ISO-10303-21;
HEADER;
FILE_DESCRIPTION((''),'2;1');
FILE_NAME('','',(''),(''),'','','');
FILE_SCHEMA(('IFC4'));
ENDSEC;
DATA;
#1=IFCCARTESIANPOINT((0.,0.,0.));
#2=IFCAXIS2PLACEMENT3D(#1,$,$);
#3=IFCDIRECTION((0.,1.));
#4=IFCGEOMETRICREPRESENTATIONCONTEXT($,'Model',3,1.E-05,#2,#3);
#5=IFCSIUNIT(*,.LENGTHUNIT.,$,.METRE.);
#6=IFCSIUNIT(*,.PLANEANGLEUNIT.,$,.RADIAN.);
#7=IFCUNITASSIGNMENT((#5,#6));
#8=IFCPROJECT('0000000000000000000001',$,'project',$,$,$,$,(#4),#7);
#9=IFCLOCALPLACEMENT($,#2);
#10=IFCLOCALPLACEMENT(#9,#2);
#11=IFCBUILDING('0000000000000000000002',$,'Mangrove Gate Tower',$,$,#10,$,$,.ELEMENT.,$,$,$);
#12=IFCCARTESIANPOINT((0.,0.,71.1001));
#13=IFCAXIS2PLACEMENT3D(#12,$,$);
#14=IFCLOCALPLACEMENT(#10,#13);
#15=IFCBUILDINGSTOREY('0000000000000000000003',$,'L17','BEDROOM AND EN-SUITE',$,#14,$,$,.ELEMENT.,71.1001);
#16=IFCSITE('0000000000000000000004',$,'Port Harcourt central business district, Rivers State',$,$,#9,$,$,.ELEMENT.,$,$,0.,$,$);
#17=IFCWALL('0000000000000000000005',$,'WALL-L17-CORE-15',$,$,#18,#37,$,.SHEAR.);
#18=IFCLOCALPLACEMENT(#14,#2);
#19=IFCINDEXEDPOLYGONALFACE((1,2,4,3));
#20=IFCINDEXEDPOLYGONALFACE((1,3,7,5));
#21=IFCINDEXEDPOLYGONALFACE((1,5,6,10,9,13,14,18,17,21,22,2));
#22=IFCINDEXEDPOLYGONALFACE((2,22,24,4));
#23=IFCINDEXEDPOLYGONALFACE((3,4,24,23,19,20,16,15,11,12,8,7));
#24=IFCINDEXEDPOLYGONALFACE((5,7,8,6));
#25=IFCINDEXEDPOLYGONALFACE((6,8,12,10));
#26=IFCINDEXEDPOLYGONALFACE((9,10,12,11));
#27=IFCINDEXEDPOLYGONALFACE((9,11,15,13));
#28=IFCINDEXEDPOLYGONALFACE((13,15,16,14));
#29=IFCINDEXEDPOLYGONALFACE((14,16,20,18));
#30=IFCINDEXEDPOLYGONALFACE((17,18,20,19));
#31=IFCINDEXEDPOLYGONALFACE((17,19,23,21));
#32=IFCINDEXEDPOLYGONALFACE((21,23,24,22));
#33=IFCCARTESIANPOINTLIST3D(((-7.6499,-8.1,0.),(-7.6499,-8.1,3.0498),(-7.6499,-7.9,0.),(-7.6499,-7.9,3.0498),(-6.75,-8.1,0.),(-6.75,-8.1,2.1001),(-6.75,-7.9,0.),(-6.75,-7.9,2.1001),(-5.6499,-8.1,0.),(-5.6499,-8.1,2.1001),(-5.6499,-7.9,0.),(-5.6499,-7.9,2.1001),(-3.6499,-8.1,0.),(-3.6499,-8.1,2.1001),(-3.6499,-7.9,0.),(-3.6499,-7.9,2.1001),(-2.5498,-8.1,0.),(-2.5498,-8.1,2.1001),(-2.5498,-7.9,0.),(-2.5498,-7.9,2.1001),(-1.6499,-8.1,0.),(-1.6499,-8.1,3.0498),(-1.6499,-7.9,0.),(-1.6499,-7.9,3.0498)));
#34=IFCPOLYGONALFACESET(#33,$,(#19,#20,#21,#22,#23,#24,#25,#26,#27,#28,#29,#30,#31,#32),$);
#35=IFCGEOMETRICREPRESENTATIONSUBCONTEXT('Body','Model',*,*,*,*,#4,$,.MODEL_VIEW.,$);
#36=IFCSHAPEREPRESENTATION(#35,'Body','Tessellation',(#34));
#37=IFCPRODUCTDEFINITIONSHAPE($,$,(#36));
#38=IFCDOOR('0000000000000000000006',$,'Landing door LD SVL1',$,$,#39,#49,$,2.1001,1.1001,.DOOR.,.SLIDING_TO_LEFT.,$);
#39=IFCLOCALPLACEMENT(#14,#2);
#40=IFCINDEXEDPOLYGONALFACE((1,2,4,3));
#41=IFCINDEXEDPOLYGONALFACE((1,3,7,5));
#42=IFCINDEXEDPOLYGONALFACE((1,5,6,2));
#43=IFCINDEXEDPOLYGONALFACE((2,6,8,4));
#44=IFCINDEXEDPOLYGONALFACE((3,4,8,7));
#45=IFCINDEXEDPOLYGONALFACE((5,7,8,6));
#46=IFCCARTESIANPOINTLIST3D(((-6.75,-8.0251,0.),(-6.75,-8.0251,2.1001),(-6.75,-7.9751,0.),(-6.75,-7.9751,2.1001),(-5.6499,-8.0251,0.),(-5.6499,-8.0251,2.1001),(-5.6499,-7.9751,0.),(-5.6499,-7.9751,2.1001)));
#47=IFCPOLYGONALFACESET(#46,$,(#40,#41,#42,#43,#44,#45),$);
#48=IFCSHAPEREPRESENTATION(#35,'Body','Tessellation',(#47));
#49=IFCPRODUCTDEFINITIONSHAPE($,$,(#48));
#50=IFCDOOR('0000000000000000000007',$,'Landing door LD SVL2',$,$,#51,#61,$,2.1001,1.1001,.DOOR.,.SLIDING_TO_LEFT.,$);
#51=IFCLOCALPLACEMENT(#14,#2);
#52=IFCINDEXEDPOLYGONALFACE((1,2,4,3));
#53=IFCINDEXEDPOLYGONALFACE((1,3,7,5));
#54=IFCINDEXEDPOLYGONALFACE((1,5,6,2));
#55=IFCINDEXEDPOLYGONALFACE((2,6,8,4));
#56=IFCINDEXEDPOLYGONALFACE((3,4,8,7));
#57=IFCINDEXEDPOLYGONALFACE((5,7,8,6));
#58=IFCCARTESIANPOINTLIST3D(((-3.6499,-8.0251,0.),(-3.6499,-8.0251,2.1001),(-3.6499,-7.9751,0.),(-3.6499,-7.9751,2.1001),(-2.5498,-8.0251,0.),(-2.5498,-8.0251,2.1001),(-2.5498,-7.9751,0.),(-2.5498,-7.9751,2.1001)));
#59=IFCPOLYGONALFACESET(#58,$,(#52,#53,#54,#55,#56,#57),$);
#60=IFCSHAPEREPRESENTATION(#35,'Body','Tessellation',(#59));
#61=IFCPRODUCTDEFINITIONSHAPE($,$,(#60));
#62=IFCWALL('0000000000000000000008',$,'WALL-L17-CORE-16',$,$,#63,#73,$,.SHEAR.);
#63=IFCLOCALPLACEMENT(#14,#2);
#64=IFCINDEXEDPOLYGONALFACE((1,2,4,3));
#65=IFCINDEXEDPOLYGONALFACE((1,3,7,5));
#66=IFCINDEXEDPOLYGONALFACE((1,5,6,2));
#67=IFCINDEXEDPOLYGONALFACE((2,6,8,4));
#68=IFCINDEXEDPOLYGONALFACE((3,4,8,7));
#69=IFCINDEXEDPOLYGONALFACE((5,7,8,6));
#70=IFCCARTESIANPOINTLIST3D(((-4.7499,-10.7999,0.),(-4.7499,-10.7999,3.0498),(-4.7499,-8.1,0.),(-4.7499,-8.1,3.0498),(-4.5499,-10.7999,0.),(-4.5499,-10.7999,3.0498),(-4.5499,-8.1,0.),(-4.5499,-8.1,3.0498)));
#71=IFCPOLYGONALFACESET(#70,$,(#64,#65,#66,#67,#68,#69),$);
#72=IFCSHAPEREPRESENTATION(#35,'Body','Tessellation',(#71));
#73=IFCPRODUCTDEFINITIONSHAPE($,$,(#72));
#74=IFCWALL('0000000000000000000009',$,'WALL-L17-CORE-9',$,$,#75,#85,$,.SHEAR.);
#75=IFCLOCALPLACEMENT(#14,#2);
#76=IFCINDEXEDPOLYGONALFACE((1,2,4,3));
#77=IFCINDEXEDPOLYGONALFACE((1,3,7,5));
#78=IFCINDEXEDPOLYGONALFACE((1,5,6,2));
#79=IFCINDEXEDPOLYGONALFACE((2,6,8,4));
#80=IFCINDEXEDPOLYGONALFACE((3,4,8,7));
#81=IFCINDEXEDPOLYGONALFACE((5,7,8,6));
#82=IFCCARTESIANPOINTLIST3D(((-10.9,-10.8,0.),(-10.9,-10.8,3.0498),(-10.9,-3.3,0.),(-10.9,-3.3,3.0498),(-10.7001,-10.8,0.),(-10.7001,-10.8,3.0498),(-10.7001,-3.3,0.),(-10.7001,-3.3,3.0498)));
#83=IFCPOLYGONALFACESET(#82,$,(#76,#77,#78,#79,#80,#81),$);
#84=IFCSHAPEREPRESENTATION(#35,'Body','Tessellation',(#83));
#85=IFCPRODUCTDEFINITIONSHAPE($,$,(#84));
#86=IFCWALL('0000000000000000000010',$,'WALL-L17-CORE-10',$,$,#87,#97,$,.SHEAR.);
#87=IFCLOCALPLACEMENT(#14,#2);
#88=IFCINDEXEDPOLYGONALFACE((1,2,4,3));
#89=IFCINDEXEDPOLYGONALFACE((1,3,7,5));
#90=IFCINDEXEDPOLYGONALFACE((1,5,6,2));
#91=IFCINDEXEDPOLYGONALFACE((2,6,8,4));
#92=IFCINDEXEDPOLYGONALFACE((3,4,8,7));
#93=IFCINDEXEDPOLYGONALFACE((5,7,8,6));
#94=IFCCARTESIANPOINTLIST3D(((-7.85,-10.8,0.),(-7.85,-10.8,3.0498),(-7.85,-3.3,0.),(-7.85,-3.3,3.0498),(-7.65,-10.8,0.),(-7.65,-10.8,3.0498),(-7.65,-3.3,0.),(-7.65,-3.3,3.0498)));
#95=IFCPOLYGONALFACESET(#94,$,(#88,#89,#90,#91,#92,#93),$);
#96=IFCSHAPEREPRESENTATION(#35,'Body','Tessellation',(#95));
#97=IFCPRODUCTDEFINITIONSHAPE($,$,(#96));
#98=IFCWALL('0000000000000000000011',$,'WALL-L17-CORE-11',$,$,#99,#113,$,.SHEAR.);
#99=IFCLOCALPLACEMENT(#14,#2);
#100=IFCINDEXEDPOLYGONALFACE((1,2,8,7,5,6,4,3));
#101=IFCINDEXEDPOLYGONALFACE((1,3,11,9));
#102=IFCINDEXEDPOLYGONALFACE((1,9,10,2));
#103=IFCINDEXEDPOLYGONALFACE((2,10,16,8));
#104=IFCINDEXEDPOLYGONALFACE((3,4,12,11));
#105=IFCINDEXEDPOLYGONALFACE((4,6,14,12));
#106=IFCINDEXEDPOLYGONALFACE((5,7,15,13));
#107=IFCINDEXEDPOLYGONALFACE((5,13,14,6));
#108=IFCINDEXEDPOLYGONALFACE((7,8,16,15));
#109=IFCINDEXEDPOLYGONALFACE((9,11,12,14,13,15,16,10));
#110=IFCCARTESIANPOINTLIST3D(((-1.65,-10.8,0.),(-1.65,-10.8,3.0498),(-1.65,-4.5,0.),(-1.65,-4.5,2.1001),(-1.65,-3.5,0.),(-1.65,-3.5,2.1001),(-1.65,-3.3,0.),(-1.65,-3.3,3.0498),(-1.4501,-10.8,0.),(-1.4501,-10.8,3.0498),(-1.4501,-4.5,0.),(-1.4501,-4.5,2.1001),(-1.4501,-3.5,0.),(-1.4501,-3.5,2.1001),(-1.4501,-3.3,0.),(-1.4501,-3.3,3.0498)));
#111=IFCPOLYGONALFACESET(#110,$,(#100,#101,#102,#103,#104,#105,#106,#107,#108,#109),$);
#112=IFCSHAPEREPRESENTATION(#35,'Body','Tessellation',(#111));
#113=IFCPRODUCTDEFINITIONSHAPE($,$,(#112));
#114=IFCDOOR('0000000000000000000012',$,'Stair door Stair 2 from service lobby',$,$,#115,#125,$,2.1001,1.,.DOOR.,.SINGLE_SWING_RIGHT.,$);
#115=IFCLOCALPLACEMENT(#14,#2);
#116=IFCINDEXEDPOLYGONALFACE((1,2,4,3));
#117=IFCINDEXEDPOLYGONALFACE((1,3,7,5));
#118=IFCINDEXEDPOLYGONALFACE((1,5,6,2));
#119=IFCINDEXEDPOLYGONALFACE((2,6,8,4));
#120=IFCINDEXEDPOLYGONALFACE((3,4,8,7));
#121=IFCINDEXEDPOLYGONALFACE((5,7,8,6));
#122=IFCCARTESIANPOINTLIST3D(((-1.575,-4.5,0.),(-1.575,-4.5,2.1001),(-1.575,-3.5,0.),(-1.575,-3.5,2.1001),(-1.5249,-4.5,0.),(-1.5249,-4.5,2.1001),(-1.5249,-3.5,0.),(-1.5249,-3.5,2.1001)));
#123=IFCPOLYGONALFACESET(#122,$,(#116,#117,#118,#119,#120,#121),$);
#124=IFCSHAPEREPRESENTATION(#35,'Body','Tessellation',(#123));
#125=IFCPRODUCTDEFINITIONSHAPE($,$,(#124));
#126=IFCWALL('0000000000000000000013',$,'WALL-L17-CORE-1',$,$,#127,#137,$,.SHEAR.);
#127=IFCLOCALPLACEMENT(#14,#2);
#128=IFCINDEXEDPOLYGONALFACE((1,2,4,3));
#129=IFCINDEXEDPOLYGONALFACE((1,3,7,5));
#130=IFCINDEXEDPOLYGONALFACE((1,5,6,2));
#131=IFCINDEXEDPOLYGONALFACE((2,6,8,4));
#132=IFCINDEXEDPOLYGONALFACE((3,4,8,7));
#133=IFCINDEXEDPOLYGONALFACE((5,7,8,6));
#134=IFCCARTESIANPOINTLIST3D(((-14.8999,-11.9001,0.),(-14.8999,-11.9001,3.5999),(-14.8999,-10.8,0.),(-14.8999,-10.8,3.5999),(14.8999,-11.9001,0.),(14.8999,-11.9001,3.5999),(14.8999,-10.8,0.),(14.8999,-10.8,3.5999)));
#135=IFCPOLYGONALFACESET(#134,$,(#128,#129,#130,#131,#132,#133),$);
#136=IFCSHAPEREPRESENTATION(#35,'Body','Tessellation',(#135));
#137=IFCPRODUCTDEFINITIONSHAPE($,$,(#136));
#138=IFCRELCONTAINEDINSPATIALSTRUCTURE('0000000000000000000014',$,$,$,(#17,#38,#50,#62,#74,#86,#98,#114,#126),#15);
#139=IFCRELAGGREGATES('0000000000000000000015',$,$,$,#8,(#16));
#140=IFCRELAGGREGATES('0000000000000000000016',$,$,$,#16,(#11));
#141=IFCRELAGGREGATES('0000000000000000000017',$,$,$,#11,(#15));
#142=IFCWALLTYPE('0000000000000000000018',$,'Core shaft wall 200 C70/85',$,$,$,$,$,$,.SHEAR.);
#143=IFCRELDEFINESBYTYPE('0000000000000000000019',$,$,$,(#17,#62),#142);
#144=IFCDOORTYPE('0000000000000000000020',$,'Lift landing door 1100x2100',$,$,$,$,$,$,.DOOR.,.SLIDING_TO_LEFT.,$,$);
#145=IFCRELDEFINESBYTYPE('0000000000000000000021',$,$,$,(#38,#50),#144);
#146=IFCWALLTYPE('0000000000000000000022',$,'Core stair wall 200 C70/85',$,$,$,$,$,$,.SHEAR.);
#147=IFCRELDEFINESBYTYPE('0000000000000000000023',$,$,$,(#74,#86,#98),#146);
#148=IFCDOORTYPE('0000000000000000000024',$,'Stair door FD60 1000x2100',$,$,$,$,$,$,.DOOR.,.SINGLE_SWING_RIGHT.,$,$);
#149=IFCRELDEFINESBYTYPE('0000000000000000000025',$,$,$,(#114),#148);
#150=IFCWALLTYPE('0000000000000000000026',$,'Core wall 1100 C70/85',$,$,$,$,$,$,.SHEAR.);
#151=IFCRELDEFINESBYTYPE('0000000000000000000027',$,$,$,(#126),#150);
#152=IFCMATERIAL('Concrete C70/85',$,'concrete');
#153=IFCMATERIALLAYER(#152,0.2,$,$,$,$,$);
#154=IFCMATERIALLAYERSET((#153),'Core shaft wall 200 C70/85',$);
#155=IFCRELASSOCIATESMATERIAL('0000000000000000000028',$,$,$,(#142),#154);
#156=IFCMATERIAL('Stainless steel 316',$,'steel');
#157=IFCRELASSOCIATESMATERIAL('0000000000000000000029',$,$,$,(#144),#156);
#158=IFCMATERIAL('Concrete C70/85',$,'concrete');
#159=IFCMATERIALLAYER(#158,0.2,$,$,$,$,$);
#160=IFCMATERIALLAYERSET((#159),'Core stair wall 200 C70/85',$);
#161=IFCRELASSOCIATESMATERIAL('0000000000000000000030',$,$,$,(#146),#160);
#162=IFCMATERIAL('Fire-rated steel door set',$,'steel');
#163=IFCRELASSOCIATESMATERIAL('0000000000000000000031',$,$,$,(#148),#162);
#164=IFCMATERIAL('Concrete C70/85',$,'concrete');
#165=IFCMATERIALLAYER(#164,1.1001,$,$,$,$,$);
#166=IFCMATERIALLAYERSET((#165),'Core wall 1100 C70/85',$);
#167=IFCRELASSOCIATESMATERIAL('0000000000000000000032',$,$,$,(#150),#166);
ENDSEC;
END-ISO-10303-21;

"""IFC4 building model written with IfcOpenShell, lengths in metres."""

from ifc_helpers import new_model, si_unit, direction, frame, frame_2d, origin, place, context, subcontext, project, spatial, rectangle, extrude, material, layer, layer_set, type_object, element, fill, save


model = new_model("IFC4")

# Units and contexts
model_context = context("Model", 3, precision=1e-05, world=origin(), true_north=direction((0.0, 1.0)))
body_context = subcontext(model_context, "Body", "Model", "MODEL_VIEW")
ifc_project = project(units=[si_unit("LENGTHUNIT", "METRE"), si_unit("PLANEANGLEUNIT", "RADIAN")], contexts=[model_context])

# Site, building, storey
site_placement = place(None, origin())
site = spatial("IfcSite", under=ifc_project, at=site_placement, Name="Port Harcourt central business district, Rivers State", CompositionType="ELEMENT", RefElevation=0.0)
building_placement = place(site_placement, origin())
building = spatial("IfcBuilding", under=site, at=building_placement, Name="Mangrove Gate Tower", CompositionType="ELEMENT")
storey_placement = place(building_placement, frame((0.0, 0.0, 71.1001)))
storey = spatial("IfcBuildingStorey", under=building, at=storey_placement, Name="L17", Description="BEDROOM AND EN-SUITE", CompositionType="ELEMENT", Elevation=71.1001)

# Wall, openings, doors
ifc_material_1 = material(Name="Concrete C70/85", Category="concrete")
ifc_layer_1 = layer(ifc_material_1, 0.2)
ifc_layer_set_1 = layer_set([ifc_layer_1], Name="Core shaft wall 200 C70/85")
wall_type_1 = type_object("IfcWallType", Name="Core shaft wall 200 C70/85", PredefinedType="SHEAR", material=ifc_layer_set_1)
wall_1_placement = place(storey_placement, frame((-7.6499, -8.0, 0.0), z_axis=(0.0, 0.0, 1.0), x_axis=(1.0, 0.0, 0.0)))
wall_1 = element("IfcWall", 1, at=wall_1_placement, inside=storey, type_object=wall_type_1, Name="WALL-L17-CORE-15", PredefinedType="SHEAR", context=body_context, shape_type="SweptSolid", body=[
    extrude(rectangle(XDim=6.0, YDim=0.2, at=frame_2d((3.0, 0.0))), origin(), (0.0, 0.0, 1.0), 3.0498),
])
opening_1_placement = place(wall_1_placement, frame((0.8999, 0.0, 0.0)))
opening_1 = element("IfcOpeningElement", 2, at=opening_1_placement, cuts=wall_1, PredefinedType="OPENING", context=body_context, shape_type="SweptSolid", body=[
    extrude(rectangle(XDim=1.1001, YDim=2.1001, at=frame_2d((0.55, 1.05))), frame((0.0, 0.1099, 0.0), z_axis=(0.0, -1.0, 0.0), x_axis=(1.0, 0.0, 0.0)), (0.0, 0.0, 1.0), 0.22),
])
opening_2_placement = place(wall_1_placement, frame((4.0, 0.0, 0.0)))
opening_2 = element("IfcOpeningElement", 3, at=opening_2_placement, cuts=wall_1, PredefinedType="OPENING", context=body_context, shape_type="SweptSolid", body=[
    extrude(rectangle(XDim=1.1001, YDim=2.1001, at=frame_2d((0.55, 1.05))), frame((0.0, 0.1099, 0.0), z_axis=(0.0, -1.0, 0.0), x_axis=(1.0, 0.0, 0.0)), (0.0, 0.0, 1.0), 0.22),
])
ifc_material_2 = material(Name="Stainless steel 316", Category="steel")
door_type_1 = type_object("IfcDoorType", Name="Lift landing door 1100x2100", OperationType="SLIDING_TO_LEFT", PredefinedType="DOOR", material=ifc_material_2)
door_1_placement = place(opening_1_placement, origin())
door_1 = element("IfcDoor", 4, at=door_1_placement, inside=storey, type_object=door_type_1, Name="Landing door LD SVL1", OperationType="SLIDING_TO_LEFT", OverallHeight=2.1001, OverallWidth=1.1001, PredefinedType="DOOR", context=body_context, shape_type="SweptSolid", body=[
    extrude(rectangle(XDim=1.1001, YDim=2.1001, at=frame_2d((0.55, 1.05))), frame((0.0, 0.0249, 0.0), z_axis=(0.0, -1.0, 0.0), x_axis=(1.0, 0.0, 0.0)), (0.0, 0.0, 1.0), 0.05),
])
fill(opening_1, door_1)
door_2_placement = place(opening_2_placement, origin())
door_2 = element("IfcDoor", 5, at=door_2_placement, inside=storey, type_object=door_type_1, Name="Landing door LD SVL2", OperationType="SLIDING_TO_LEFT", OverallHeight=2.1001, OverallWidth=1.1001, PredefinedType="DOOR", context=body_context, shape_type="SweptSolid", body=[
    extrude(rectangle(XDim=1.1001, YDim=2.1001, at=frame_2d((0.55, 1.05))), frame((0.0, 0.0249, 0.0), z_axis=(0.0, -1.0, 0.0), x_axis=(1.0, 0.0, 0.0)), (0.0, 0.0, 1.0), 0.05),
])
fill(opening_2, door_2)

# Walls
wall_2_placement = place(storey_placement, frame((-4.6499, -10.8, 0.0), z_axis=(0.0, 0.0, 1.0), x_axis=(0.0, 1.0, 0.0)))
element("IfcWall", 6, at=wall_2_placement, inside=storey, type_object=wall_type_1, Name="WALL-L17-CORE-16", PredefinedType="SHEAR", context=body_context, shape_type="SweptSolid", body=[
    extrude(rectangle(XDim=2.7, YDim=0.2, at=frame_2d((1.3501, 0.0))), origin(), (0.0, 0.0, 1.0), 3.0498),
])
ifc_material_3 = material(Name="Concrete C70/85", Category="concrete")
ifc_layer_2 = layer(ifc_material_3, 0.2)
ifc_layer_set_2 = layer_set([ifc_layer_2], Name="Core stair wall 200 C70/85")
wall_type_2 = type_object("IfcWallType", Name="Core stair wall 200 C70/85", PredefinedType="SHEAR", material=ifc_layer_set_2)
for number, where, z_axis, x_axis, name in (
    (7, (-10.8, -10.8, 0.0), (0.0, 0.0, 1.0), (0.0, 1.0, 0.0), "WALL-L17-CORE-9"),
    (8, (-7.75, -10.8, 0.0), (0.0, 0.0, 1.0), (0.0, 1.0, 0.0), "WALL-L17-CORE-10"),
):
    element("IfcWall", number, at=place(storey_placement, frame(where, z_axis=z_axis, x_axis=x_axis)), inside=storey, type_object=wall_type_2, Name=name, PredefinedType="SHEAR", context=body_context, shape_type="SweptSolid", body=[
        extrude(rectangle(XDim=7.5, YDim=0.2, at=frame_2d((3.75, 0.0))), origin(), (0.0, 0.0, 1.0), 3.0498),
    ])

# Wall, opening, door
wall_3_placement = place(storey_placement, frame((-1.55, -10.8, 0.0), z_axis=(0.0, 0.0, 1.0), x_axis=(0.0, 1.0, 0.0)))
wall_3 = element("IfcWall", 9, at=wall_3_placement, inside=storey, type_object=wall_type_2, Name="WALL-L17-CORE-11", PredefinedType="SHEAR", context=body_context, shape_type="SweptSolid", body=[
    extrude(rectangle(XDim=7.5, YDim=0.2, at=frame_2d((3.75, 0.0))), origin(), (0.0, 0.0, 1.0), 3.0498),
])
opening_3_placement = place(wall_3_placement, frame((6.3, 0.0, 0.0)))
opening_3 = element("IfcOpeningElement", 10, at=opening_3_placement, cuts=wall_3, PredefinedType="OPENING", context=body_context, shape_type="SweptSolid", body=[
    extrude(rectangle(XDim=1.0, YDim=2.1001, at=frame_2d((0.5, 1.05))), frame((0.0, 0.1099, 0.0), z_axis=(0.0, -1.0, 0.0), x_axis=(1.0, 0.0, 0.0)), (0.0, 0.0, 1.0), 0.22),
])
ifc_material_4 = material(Name="Fire-rated steel door set", Category="steel")
door_type_2 = type_object("IfcDoorType", Name="Stair door FD60 1000x2100", OperationType="SINGLE_SWING_RIGHT", PredefinedType="DOOR", material=ifc_material_4)
door_3_placement = place(opening_3_placement, origin())
door_3 = element("IfcDoor", 11, at=door_3_placement, inside=storey, type_object=door_type_2, Name="Stair door Stair 2 from service lobby", OperationType="SINGLE_SWING_RIGHT", OverallHeight=2.1001, OverallWidth=1.0, PredefinedType="DOOR", context=body_context, shape_type="SweptSolid", body=[
    extrude(rectangle(XDim=1.0, YDim=2.1001, at=frame_2d((0.5, 1.05))), frame((0.0, 0.0249, 0.0), z_axis=(0.0, -1.0, 0.0), x_axis=(1.0, 0.0, 0.0)), (0.0, 0.0, 1.0), 0.05),
])
fill(opening_3, door_3)

# Wall
ifc_material_5 = material(Name="Concrete C70/85", Category="concrete")
ifc_layer_3 = layer(ifc_material_5, 1.1001)
ifc_layer_set_3 = layer_set([ifc_layer_3], Name="Core wall 1100 C70/85")
wall_type_3 = type_object("IfcWallType", Name="Core wall 1100 C70/85", PredefinedType="SHEAR", material=ifc_layer_set_3)
wall_4_placement = place(storey_placement, frame((-14.8999, -11.3501, 0.0), z_axis=(0.0, 0.0, 1.0), x_axis=(1.0, 0.0, 0.0)))
element("IfcWall", 12, at=wall_4_placement, inside=storey, type_object=wall_type_3, Name="WALL-L17-CORE-1", PredefinedType="SHEAR", context=body_context, shape_type="SweptSolid", body=[
    extrude(rectangle(XDim=29.7998, YDim=1.1001, at=frame_2d((14.8999, 0.0))), origin(), (0.0, 0.0, 1.0), 3.5999),
])

save(model, "model.ifc")
